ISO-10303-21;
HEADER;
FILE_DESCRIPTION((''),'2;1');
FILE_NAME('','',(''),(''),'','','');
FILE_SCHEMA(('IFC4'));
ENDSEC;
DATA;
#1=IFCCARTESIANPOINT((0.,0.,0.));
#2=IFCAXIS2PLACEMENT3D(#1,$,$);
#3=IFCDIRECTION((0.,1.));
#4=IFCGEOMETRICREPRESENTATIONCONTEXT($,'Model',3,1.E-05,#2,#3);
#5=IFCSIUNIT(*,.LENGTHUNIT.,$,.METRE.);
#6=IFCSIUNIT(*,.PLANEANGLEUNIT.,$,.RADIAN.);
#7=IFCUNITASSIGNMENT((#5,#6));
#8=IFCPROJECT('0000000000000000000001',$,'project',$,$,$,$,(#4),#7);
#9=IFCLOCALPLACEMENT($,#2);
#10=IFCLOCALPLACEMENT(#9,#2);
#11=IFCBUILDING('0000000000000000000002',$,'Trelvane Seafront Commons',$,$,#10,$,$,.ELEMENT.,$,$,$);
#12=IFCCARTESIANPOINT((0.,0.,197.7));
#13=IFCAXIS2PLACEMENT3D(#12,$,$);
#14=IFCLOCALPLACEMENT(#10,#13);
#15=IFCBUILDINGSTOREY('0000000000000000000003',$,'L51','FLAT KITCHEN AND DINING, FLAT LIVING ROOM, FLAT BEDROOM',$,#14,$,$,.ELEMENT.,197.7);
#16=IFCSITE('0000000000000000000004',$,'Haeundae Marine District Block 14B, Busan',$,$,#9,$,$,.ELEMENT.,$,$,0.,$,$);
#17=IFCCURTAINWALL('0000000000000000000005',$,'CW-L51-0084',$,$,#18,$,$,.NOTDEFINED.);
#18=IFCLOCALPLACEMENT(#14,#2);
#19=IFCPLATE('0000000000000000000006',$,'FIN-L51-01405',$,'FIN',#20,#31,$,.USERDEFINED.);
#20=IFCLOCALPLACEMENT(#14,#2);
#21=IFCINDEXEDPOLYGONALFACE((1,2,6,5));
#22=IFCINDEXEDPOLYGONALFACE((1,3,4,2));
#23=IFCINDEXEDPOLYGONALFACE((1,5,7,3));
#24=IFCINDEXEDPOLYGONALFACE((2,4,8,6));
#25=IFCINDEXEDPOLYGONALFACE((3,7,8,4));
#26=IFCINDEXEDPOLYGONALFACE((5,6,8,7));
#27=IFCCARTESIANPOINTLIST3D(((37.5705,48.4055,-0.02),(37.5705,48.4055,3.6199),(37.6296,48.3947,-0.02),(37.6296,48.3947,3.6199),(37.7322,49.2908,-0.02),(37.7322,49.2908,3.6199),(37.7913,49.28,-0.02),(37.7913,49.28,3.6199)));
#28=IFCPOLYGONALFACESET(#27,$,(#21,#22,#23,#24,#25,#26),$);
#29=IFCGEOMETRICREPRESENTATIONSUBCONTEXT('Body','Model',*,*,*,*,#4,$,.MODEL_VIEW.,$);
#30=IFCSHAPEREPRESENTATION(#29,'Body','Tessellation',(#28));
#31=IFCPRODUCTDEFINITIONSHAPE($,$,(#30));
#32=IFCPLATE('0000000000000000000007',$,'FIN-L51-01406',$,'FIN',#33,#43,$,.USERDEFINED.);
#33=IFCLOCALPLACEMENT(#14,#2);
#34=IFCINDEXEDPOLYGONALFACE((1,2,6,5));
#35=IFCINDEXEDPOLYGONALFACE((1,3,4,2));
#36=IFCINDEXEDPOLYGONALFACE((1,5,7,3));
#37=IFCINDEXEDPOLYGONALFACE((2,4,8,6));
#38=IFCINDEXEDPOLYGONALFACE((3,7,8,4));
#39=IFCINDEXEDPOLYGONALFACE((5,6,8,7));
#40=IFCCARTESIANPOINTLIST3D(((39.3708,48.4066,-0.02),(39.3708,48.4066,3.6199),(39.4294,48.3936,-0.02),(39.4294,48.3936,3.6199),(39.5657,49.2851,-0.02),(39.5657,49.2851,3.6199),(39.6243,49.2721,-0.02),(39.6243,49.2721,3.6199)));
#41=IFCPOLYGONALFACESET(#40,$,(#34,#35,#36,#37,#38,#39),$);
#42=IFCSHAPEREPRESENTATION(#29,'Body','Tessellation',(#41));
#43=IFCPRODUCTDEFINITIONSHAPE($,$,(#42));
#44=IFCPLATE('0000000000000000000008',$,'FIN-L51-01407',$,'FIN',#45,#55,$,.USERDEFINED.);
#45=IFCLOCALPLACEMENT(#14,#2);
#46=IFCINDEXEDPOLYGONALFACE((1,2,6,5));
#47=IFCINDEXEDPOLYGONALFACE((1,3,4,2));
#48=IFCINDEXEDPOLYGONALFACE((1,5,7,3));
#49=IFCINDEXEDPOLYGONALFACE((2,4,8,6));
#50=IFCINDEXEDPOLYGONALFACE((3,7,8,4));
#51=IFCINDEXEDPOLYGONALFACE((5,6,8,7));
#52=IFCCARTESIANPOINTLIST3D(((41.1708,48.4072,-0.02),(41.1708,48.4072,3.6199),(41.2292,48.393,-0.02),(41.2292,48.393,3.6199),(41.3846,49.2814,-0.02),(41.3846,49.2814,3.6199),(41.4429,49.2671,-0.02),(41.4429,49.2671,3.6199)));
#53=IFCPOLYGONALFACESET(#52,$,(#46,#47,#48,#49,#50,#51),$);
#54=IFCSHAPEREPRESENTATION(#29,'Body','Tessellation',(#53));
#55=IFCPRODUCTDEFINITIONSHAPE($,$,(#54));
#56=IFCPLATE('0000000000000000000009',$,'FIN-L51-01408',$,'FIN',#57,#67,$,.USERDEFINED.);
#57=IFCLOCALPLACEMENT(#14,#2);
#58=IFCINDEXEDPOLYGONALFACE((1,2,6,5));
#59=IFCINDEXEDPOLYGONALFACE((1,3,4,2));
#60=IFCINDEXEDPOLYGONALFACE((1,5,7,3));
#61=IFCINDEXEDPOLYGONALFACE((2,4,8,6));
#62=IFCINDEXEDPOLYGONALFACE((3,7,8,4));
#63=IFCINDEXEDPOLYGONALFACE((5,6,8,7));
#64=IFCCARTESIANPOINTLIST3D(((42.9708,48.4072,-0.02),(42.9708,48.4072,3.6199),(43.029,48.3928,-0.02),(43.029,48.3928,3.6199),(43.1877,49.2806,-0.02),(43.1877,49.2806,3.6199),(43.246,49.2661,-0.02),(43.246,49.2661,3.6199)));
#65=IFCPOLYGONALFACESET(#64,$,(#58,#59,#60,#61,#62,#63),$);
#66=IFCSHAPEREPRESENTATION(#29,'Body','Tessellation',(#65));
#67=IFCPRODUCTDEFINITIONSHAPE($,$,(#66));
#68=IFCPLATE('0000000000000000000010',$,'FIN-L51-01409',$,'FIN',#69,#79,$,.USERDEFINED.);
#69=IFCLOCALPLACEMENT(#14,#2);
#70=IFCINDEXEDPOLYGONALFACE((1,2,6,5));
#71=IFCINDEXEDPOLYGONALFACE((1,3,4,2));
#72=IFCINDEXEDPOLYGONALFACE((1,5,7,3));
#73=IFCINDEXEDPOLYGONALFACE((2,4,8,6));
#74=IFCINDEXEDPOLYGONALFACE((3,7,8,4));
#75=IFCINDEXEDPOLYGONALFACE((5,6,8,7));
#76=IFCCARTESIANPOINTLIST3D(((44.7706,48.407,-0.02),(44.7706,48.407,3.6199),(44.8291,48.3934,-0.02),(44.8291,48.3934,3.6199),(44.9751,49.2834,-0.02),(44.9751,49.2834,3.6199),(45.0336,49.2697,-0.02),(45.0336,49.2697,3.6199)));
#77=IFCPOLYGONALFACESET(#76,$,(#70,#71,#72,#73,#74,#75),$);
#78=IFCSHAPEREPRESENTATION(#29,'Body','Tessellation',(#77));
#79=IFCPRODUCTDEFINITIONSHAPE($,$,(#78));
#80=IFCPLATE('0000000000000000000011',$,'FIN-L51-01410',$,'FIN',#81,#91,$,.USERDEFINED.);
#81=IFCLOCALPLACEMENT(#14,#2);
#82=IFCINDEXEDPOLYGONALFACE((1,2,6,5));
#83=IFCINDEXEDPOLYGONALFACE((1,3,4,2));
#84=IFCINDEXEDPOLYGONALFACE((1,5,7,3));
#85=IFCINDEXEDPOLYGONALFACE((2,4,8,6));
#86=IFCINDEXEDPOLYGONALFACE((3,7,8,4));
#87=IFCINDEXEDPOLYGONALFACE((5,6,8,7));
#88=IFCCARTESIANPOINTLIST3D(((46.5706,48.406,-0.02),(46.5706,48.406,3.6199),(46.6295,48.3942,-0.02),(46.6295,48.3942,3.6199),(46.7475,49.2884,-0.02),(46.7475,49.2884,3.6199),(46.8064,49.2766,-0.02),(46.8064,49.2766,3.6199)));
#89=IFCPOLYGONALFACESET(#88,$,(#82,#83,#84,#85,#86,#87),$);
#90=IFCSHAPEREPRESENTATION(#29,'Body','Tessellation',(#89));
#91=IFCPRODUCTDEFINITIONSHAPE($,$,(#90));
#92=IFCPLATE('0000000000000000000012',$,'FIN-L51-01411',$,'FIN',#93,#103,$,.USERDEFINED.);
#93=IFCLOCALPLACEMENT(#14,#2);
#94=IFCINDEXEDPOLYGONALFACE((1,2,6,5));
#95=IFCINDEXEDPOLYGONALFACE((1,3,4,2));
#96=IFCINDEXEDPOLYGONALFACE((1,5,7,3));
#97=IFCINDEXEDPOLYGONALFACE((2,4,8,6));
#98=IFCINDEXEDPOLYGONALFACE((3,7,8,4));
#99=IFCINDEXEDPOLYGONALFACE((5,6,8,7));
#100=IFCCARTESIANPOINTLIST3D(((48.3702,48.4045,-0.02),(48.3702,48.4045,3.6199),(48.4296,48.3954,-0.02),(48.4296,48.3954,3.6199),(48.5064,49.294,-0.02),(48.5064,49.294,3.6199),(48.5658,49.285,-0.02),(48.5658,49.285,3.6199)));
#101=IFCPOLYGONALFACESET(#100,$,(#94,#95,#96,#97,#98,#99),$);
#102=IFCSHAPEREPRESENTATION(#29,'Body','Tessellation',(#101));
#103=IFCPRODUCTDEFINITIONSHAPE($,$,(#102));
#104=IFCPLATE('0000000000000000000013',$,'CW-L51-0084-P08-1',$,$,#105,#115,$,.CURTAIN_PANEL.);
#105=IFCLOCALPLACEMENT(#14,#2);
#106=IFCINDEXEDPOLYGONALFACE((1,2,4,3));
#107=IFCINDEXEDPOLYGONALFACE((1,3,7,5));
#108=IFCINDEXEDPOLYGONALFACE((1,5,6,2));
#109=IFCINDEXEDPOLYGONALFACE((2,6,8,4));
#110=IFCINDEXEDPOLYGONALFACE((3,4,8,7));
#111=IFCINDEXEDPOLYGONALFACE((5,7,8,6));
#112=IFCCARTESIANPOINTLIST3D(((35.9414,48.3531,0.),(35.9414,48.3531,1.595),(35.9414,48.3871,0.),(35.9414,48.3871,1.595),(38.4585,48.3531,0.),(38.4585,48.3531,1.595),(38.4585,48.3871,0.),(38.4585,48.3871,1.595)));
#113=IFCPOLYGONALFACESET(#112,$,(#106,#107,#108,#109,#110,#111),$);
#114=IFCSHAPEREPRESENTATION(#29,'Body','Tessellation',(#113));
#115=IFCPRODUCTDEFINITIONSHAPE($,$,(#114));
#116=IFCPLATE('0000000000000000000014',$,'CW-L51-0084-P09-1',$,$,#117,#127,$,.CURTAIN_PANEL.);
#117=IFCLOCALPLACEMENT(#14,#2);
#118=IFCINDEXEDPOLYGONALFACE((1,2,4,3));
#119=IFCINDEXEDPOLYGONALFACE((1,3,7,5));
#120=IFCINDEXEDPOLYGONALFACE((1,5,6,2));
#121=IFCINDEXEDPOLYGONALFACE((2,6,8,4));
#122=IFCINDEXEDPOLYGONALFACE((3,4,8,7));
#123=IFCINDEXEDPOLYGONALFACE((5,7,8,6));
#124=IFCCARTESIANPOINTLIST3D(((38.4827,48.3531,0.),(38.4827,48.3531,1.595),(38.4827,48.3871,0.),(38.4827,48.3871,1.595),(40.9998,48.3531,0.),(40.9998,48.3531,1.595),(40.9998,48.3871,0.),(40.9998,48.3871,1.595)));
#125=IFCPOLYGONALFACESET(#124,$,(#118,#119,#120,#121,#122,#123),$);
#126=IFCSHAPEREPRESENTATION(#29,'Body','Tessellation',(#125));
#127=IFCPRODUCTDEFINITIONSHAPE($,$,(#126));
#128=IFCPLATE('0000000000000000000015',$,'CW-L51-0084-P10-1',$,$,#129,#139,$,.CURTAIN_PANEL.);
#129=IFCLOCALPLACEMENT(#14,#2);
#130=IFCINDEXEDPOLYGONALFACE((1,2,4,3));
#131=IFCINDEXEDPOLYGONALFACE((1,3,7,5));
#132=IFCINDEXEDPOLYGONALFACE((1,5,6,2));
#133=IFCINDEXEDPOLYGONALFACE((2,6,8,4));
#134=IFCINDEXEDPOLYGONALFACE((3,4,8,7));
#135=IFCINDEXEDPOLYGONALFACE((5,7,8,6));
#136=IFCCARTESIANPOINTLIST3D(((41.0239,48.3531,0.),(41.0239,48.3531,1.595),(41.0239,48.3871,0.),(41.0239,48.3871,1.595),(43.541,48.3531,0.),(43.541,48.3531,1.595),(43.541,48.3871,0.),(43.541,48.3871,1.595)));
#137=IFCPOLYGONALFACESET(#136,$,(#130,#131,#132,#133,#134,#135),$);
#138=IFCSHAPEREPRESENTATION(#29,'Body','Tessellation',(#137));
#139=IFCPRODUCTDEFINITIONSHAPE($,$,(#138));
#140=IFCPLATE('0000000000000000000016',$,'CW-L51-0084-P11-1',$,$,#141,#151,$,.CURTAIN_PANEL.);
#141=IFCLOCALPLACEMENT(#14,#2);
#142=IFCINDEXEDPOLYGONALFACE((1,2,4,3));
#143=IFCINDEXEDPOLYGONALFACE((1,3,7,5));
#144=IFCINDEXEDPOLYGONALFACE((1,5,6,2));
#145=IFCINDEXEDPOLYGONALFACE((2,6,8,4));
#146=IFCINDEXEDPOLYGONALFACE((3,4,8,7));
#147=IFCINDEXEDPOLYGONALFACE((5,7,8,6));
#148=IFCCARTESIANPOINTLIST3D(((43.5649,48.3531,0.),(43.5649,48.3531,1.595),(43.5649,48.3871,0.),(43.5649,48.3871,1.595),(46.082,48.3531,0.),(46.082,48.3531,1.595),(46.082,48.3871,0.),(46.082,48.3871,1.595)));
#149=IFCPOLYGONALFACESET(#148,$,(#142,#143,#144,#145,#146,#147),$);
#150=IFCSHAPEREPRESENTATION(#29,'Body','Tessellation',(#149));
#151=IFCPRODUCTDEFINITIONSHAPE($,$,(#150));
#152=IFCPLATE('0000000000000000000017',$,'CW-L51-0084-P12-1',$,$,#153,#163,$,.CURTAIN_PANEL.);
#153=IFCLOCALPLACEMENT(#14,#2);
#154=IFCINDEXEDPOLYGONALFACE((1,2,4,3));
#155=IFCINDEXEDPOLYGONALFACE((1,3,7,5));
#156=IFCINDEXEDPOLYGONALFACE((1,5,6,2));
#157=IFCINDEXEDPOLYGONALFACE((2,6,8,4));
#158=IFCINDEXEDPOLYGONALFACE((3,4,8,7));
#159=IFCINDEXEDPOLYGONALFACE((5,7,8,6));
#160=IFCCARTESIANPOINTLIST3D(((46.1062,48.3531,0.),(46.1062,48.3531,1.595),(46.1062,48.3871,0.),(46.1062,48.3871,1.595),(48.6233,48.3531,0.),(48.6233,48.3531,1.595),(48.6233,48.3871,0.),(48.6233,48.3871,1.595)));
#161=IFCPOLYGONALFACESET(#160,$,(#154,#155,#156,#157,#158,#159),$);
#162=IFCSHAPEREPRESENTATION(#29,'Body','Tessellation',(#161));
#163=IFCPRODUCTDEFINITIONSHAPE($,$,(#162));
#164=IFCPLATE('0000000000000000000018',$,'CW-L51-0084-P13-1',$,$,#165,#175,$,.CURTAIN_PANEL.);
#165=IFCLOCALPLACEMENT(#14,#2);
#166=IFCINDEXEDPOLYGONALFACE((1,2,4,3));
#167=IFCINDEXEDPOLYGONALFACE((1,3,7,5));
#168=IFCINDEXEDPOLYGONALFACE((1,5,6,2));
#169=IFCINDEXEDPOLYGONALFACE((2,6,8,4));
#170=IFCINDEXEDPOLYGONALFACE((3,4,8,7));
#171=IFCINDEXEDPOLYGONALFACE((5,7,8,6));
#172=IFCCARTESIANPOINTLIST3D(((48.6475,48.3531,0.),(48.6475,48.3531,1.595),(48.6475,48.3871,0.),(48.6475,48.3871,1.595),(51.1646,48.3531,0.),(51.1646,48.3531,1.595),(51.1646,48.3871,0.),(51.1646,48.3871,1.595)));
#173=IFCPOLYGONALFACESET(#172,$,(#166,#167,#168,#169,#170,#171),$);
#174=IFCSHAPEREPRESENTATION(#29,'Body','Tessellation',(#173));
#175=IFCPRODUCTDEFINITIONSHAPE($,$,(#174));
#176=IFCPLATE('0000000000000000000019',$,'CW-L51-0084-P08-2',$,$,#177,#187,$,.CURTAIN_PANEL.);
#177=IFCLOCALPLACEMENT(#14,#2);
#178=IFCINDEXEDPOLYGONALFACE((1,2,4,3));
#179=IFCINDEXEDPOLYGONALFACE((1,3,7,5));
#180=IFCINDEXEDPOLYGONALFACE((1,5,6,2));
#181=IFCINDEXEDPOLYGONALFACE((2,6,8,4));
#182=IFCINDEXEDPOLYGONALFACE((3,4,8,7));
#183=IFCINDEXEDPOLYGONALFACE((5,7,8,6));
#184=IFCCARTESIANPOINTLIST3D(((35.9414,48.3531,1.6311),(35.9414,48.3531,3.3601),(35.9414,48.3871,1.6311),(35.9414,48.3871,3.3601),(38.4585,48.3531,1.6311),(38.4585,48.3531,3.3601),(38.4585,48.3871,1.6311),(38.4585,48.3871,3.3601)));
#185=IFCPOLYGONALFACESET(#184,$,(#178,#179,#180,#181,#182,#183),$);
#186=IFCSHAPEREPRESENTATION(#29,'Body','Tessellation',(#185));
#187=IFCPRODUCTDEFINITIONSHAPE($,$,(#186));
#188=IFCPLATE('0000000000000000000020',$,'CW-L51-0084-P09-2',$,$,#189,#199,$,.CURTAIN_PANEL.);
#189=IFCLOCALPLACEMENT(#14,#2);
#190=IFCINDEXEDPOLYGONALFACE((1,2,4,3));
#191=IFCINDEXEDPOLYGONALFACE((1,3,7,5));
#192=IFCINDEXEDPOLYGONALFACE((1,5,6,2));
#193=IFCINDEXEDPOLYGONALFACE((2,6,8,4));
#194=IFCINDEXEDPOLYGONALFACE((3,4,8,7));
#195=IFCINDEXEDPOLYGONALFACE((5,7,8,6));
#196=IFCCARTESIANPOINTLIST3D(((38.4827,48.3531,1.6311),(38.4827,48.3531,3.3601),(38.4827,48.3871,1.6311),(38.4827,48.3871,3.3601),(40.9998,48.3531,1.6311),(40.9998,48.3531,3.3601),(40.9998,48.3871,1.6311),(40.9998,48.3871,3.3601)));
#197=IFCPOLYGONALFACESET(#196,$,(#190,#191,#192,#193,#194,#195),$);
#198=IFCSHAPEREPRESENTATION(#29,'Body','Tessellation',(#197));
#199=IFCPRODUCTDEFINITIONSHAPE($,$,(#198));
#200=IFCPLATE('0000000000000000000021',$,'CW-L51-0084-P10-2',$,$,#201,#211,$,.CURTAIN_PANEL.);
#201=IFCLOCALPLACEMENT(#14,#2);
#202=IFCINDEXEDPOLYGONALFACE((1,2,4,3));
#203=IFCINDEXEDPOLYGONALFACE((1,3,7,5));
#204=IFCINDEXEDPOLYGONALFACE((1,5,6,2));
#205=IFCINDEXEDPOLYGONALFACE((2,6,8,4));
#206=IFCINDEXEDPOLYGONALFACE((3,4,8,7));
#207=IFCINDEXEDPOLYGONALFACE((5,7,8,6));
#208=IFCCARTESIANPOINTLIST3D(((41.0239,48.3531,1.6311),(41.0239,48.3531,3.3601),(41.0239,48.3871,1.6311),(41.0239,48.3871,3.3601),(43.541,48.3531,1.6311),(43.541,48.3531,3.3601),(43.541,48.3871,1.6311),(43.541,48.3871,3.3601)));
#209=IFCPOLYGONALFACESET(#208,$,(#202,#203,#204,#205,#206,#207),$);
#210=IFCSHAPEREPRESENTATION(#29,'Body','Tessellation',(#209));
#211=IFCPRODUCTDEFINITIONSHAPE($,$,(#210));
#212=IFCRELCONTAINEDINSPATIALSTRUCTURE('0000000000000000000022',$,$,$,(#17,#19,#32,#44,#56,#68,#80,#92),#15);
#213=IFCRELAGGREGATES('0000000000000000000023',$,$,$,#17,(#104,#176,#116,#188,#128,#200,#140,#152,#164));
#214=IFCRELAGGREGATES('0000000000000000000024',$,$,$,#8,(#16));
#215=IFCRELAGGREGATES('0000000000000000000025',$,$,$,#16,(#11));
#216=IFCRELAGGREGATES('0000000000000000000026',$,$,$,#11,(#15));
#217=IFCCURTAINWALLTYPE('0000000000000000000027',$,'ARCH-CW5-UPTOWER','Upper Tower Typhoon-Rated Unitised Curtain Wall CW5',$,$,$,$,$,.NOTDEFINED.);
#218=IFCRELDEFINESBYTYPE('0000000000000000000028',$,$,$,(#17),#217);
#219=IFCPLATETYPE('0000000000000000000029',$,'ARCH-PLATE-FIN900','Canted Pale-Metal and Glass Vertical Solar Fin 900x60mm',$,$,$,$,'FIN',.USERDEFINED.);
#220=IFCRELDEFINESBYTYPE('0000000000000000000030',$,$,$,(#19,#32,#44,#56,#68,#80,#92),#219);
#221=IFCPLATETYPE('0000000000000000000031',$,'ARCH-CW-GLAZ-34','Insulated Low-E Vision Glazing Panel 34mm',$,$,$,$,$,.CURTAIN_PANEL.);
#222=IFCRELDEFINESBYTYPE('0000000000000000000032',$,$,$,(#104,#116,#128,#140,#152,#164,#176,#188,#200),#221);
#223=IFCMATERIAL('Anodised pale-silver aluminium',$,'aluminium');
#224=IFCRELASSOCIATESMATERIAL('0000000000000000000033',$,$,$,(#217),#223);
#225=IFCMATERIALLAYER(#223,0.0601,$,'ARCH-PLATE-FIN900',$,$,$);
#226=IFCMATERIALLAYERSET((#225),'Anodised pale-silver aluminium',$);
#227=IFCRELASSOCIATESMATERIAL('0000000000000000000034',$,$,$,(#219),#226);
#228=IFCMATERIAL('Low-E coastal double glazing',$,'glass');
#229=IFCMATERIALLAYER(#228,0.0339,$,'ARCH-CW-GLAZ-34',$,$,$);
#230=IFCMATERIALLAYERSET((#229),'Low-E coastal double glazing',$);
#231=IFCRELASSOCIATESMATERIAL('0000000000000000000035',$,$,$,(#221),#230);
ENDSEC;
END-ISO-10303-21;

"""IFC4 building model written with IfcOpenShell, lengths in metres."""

from ifc_helpers import new_model, si_unit, direction, frame, origin, origin_2d, place, context, subcontext, project, spatial, rectangle, extrude, source, transform, mapped, material, layer, layer_set, type_object, element, aggregate, save


model = new_model("IFC4")

# Units and contexts
model_context = context("Model", 3, precision=1e-05, world=origin(), true_north=direction((0.0, 1.0)))
body_context = subcontext(model_context, "Body", "Model", "MODEL_VIEW")
ifc_project = project(units=[si_unit("LENGTHUNIT", "METRE"), si_unit("PLANEANGLEUNIT", "RADIAN")], contexts=[model_context])

# Site, building, storey
site_placement = place(None, origin())
site = spatial("IfcSite", under=ifc_project, at=site_placement, Name="Haeundae Marine District Block 14B, Busan", CompositionType="ELEMENT", RefElevation=0.0)
building_placement = place(site_placement, origin())
building = spatial("IfcBuilding", under=site, at=building_placement, Name="Trelvane Seafront Commons", CompositionType="ELEMENT")
storey_placement = place(building_placement, frame((0.0, 0.0, 197.7)))
storey = spatial("IfcBuildingStorey", under=building, at=storey_placement, Name="L51", Description="FLAT KITCHEN AND DINING, FLAT LIVING ROOM, FLAT BEDROOM", CompositionType="ELEMENT", Elevation=197.7)

# Curtain wall
ifc_material_1 = material(Name="Anodised pale-silver aluminium", Category="aluminium")
curtain_wall_type = type_object("IfcCurtainWallType", Name="ARCH-CW5-UPTOWER", Description="Upper Tower Typhoon-Rated Unitised Curtain Wall CW5", PredefinedType="NOTDEFINED", material=ifc_material_1)
curtain_wall_placement = place(storey_placement, origin())
curtain_wall = element("IfcCurtainWall", 1, at=curtain_wall_placement, inside=storey, type_object=curtain_wall_type, Name="CW-L51-0084", PredefinedType="NOTDEFINED")

# Plates
ifc_layer_1 = layer(ifc_material_1, 0.0601, Name="ARCH-PLATE-FIN900")
ifc_layer_set_1 = layer_set([ifc_layer_1], Name="Anodised pale-silver aluminium")
plate_type_1 = type_object("IfcPlateType", Name="ARCH-PLATE-FIN900", Description="Canted Pale-Metal and Glass Vertical Solar Fin 900x60mm", ElementType="FIN", PredefinedType="USERDEFINED", material=ifc_layer_set_1)
shared_shape_1 = source(origin(), body_context, "Body", "SweptSolid", [
    extrude(rectangle(XDim=0.8999, YDim=0.0601, at=origin_2d()), origin(), (0.0, 0.0, 1.0), 3.6399),
])
for number, where, z_axis, x_axis, name in (
    (2, (37.6809, 48.8428, -0.02), (0.0, 0.0, 1.0), (0.179657, 0.983729, 0.0), "FIN-L51-01405"),
    (3, (39.4976, 48.8394, -0.02), (0.0, 0.0, 1.0), (0.216566, 0.976268, 0.0), "FIN-L51-01406"),
    (4, (41.3069, 48.8372, -0.02), (0.0, 0.0, 1.0), (0.237566, 0.971372, 0.0), "FIN-L51-01407"),
    (5, (43.1084, 48.8367, -0.02), (0.0, 0.0, 1.0), (0.241124, 0.970494, 0.0), "FIN-L51-01408"),
    (6, (44.9021, 48.8384, -0.02), (0.0, 0.0, 1.0), (0.227212, 0.973845, 0.0), "FIN-L51-01409"),
    (7, (46.6885, 48.8413, -0.02), (0.0, 0.0, 1.0), (0.196566, 0.980491, 0.0), "FIN-L51-01410"),
    (8, (48.468, 48.8447, -0.02), (0.0, 0.0, 1.0), (0.151338, 0.988482, 0.0), "FIN-L51-01411"),
):
    element("IfcPlate", number, at=place(storey_placement, frame(where, z_axis=z_axis, x_axis=x_axis)), inside=storey, type_object=plate_type_1, Name=name, ObjectType="FIN", PredefinedType="USERDEFINED", context=body_context, shape_type="MappedRepresentation", body=[
        mapped(shared_shape_1, transform((0.0, 0.0, 0.0), x_axis=(1.0, 0.0, 0.0), y_axis=(0.0, 1.0, 0.0), z_axis=(0.0, 0.0, 1.0), scale=1.0)),
    ])

# Plates
ifc_material_2 = material(Name="Low-E coastal double glazing", Category="glass")
ifc_layer_2 = layer(ifc_material_2, 0.0339, Name="ARCH-CW-GLAZ-34")
ifc_layer_set_2 = layer_set([ifc_layer_2], Name="Low-E coastal double glazing")
plate_type_2 = type_object("IfcPlateType", Name="ARCH-CW-GLAZ-34", Description="Insulated Low-E Vision Glazing Panel 34mm", PredefinedType="CURTAIN_PANEL", material=ifc_layer_set_2)
shared_shape_2 = source(origin(), body_context, "Body", "SweptSolid", [
    extrude(rectangle(XDim=2.5171, YDim=0.0339, at=origin_2d()), origin(), (0.0, 0.0, 1.0), 1.595),
])
plate_1_placement = place(storey_placement, frame((37.2, 48.3701, 0.0), z_axis=(0.0, 0.0, 1.0), x_axis=(1.0, 0.0, 0.0)))
plate_1 = element("IfcPlate", 9, at=plate_1_placement, type_object=plate_type_2, Name="CW-L51-0084-P08-1", PredefinedType="CURTAIN_PANEL", context=body_context, shape_type="MappedRepresentation", body=[
    mapped(shared_shape_2, transform((0.0, 0.0, 0.0), x_axis=(1.0, 0.0, 0.0), y_axis=(0.0, 1.0, 0.0), z_axis=(0.0, 0.0, 1.0), scale=1.0)),
])
plate_2_placement = place(storey_placement, frame((39.7412, 48.3701, 0.0), z_axis=(0.0, 0.0, 1.0), x_axis=(1.0, 0.0, 0.0)))
plate_2 = element("IfcPlate", 10, at=plate_2_placement, type_object=plate_type_2, Name="CW-L51-0084-P09-1", PredefinedType="CURTAIN_PANEL", context=body_context, shape_type="MappedRepresentation", body=[
    mapped(shared_shape_2, transform((0.0, 0.0, 0.0), x_axis=(1.0, 0.0, 0.0), y_axis=(0.0, 1.0, 0.0), z_axis=(0.0, 0.0, 1.0), scale=1.0)),
])
plate_3_placement = place(storey_placement, frame((42.2825, 48.3701, 0.0), z_axis=(0.0, 0.0, 1.0), x_axis=(1.0, 0.0, 0.0)))
plate_3 = element("IfcPlate", 11, at=plate_3_placement, type_object=plate_type_2, Name="CW-L51-0084-P10-1", PredefinedType="CURTAIN_PANEL", context=body_context, shape_type="MappedRepresentation", body=[
    mapped(shared_shape_2, transform((0.0, 0.0, 0.0), x_axis=(1.0, 0.0, 0.0), y_axis=(0.0, 1.0, 0.0), z_axis=(0.0, 0.0, 1.0), scale=1.0)),
])
plate_4_placement = place(storey_placement, frame((44.8235, 48.3701, 0.0), z_axis=(0.0, 0.0, 1.0), x_axis=(1.0, 0.0, 0.0)))
plate_4 = element("IfcPlate", 12, at=plate_4_placement, type_object=plate_type_2, Name="CW-L51-0084-P11-1", PredefinedType="CURTAIN_PANEL", context=body_context, shape_type="MappedRepresentation", body=[
    mapped(shared_shape_2, transform((0.0, 0.0, 0.0), x_axis=(1.0, 0.0, 0.0), y_axis=(0.0, 1.0, 0.0), z_axis=(0.0, 0.0, 1.0), scale=1.0)),
])
plate_5_placement = place(storey_placement, frame((47.3647, 48.3701, 0.0), z_axis=(0.0, 0.0, 1.0), x_axis=(1.0, 0.0, 0.0)))
plate_5 = element("IfcPlate", 13, at=plate_5_placement, type_object=plate_type_2, Name="CW-L51-0084-P12-1", PredefinedType="CURTAIN_PANEL", context=body_context, shape_type="MappedRepresentation", body=[
    mapped(shared_shape_2, transform((0.0, 0.0, 0.0), x_axis=(1.0, 0.0, 0.0), y_axis=(0.0, 1.0, 0.0), z_axis=(0.0, 0.0, 1.0), scale=1.0)),
])
plate_6_placement = place(storey_placement, frame((49.906, 48.3701, 0.0), z_axis=(0.0, 0.0, 1.0), x_axis=(1.0, 0.0, 0.0)))
plate_6 = element("IfcPlate", 14, at=plate_6_placement, type_object=plate_type_2, Name="CW-L51-0084-P13-1", PredefinedType="CURTAIN_PANEL", context=body_context, shape_type="MappedRepresentation", body=[
    mapped(shared_shape_2, transform((0.0, 0.0, 0.0), x_axis=(1.0, 0.0, 0.0), y_axis=(0.0, 1.0, 0.0), z_axis=(0.0, 0.0, 1.0), scale=1.0)),
])
shared_shape_3 = source(origin(), body_context, "Body", "SweptSolid", [
    extrude(rectangle(XDim=2.5171, YDim=0.0339, at=origin_2d()), origin(), (0.0, 0.0, 1.0), 1.729),
])
plate_7_placement = place(storey_placement, frame((37.2, 48.3701, 1.6311), z_axis=(0.0, 0.0, 1.0), x_axis=(1.0, 0.0, 0.0)))
plate_7 = element("IfcPlate", 15, at=plate_7_placement, type_object=plate_type_2, Name="CW-L51-0084-P08-2", PredefinedType="CURTAIN_PANEL", context=body_context, shape_type="MappedRepresentation", body=[
    mapped(shared_shape_3, transform((0.0, 0.0, 0.0), x_axis=(1.0, 0.0, 0.0), y_axis=(0.0, 1.0, 0.0), z_axis=(0.0, 0.0, 1.0), scale=1.0)),
])
plate_8_placement = place(storey_placement, frame((39.7412, 48.3701, 1.6311), z_axis=(0.0, 0.0, 1.0), x_axis=(1.0, 0.0, 0.0)))
plate_8 = element("IfcPlate", 16, at=plate_8_placement, type_object=plate_type_2, Name="CW-L51-0084-P09-2", PredefinedType="CURTAIN_PANEL", context=body_context, shape_type="MappedRepresentation", body=[
    mapped(shared_shape_3, transform((0.0, 0.0, 0.0), x_axis=(1.0, 0.0, 0.0), y_axis=(0.0, 1.0, 0.0), z_axis=(0.0, 0.0, 1.0), scale=1.0)),
])
plate_9_placement = place(storey_placement, frame((42.2825, 48.3701, 1.6311), z_axis=(0.0, 0.0, 1.0), x_axis=(1.0, 0.0, 0.0)))
plate_9 = element("IfcPlate", 17, at=plate_9_placement, type_object=plate_type_2, Name="CW-L51-0084-P10-2", PredefinedType="CURTAIN_PANEL", context=body_context, shape_type="MappedRepresentation", body=[
    mapped(shared_shape_3, transform((0.0, 0.0, 0.0), x_axis=(1.0, 0.0, 0.0), y_axis=(0.0, 1.0, 0.0), z_axis=(0.0, 0.0, 1.0), scale=1.0)),
])
aggregate(curtain_wall, [plate_1, plate_7, plate_2, plate_8, plate_3, plate_9, plate_4, plate_5, plate_6])

save(model, "model.ifc")
